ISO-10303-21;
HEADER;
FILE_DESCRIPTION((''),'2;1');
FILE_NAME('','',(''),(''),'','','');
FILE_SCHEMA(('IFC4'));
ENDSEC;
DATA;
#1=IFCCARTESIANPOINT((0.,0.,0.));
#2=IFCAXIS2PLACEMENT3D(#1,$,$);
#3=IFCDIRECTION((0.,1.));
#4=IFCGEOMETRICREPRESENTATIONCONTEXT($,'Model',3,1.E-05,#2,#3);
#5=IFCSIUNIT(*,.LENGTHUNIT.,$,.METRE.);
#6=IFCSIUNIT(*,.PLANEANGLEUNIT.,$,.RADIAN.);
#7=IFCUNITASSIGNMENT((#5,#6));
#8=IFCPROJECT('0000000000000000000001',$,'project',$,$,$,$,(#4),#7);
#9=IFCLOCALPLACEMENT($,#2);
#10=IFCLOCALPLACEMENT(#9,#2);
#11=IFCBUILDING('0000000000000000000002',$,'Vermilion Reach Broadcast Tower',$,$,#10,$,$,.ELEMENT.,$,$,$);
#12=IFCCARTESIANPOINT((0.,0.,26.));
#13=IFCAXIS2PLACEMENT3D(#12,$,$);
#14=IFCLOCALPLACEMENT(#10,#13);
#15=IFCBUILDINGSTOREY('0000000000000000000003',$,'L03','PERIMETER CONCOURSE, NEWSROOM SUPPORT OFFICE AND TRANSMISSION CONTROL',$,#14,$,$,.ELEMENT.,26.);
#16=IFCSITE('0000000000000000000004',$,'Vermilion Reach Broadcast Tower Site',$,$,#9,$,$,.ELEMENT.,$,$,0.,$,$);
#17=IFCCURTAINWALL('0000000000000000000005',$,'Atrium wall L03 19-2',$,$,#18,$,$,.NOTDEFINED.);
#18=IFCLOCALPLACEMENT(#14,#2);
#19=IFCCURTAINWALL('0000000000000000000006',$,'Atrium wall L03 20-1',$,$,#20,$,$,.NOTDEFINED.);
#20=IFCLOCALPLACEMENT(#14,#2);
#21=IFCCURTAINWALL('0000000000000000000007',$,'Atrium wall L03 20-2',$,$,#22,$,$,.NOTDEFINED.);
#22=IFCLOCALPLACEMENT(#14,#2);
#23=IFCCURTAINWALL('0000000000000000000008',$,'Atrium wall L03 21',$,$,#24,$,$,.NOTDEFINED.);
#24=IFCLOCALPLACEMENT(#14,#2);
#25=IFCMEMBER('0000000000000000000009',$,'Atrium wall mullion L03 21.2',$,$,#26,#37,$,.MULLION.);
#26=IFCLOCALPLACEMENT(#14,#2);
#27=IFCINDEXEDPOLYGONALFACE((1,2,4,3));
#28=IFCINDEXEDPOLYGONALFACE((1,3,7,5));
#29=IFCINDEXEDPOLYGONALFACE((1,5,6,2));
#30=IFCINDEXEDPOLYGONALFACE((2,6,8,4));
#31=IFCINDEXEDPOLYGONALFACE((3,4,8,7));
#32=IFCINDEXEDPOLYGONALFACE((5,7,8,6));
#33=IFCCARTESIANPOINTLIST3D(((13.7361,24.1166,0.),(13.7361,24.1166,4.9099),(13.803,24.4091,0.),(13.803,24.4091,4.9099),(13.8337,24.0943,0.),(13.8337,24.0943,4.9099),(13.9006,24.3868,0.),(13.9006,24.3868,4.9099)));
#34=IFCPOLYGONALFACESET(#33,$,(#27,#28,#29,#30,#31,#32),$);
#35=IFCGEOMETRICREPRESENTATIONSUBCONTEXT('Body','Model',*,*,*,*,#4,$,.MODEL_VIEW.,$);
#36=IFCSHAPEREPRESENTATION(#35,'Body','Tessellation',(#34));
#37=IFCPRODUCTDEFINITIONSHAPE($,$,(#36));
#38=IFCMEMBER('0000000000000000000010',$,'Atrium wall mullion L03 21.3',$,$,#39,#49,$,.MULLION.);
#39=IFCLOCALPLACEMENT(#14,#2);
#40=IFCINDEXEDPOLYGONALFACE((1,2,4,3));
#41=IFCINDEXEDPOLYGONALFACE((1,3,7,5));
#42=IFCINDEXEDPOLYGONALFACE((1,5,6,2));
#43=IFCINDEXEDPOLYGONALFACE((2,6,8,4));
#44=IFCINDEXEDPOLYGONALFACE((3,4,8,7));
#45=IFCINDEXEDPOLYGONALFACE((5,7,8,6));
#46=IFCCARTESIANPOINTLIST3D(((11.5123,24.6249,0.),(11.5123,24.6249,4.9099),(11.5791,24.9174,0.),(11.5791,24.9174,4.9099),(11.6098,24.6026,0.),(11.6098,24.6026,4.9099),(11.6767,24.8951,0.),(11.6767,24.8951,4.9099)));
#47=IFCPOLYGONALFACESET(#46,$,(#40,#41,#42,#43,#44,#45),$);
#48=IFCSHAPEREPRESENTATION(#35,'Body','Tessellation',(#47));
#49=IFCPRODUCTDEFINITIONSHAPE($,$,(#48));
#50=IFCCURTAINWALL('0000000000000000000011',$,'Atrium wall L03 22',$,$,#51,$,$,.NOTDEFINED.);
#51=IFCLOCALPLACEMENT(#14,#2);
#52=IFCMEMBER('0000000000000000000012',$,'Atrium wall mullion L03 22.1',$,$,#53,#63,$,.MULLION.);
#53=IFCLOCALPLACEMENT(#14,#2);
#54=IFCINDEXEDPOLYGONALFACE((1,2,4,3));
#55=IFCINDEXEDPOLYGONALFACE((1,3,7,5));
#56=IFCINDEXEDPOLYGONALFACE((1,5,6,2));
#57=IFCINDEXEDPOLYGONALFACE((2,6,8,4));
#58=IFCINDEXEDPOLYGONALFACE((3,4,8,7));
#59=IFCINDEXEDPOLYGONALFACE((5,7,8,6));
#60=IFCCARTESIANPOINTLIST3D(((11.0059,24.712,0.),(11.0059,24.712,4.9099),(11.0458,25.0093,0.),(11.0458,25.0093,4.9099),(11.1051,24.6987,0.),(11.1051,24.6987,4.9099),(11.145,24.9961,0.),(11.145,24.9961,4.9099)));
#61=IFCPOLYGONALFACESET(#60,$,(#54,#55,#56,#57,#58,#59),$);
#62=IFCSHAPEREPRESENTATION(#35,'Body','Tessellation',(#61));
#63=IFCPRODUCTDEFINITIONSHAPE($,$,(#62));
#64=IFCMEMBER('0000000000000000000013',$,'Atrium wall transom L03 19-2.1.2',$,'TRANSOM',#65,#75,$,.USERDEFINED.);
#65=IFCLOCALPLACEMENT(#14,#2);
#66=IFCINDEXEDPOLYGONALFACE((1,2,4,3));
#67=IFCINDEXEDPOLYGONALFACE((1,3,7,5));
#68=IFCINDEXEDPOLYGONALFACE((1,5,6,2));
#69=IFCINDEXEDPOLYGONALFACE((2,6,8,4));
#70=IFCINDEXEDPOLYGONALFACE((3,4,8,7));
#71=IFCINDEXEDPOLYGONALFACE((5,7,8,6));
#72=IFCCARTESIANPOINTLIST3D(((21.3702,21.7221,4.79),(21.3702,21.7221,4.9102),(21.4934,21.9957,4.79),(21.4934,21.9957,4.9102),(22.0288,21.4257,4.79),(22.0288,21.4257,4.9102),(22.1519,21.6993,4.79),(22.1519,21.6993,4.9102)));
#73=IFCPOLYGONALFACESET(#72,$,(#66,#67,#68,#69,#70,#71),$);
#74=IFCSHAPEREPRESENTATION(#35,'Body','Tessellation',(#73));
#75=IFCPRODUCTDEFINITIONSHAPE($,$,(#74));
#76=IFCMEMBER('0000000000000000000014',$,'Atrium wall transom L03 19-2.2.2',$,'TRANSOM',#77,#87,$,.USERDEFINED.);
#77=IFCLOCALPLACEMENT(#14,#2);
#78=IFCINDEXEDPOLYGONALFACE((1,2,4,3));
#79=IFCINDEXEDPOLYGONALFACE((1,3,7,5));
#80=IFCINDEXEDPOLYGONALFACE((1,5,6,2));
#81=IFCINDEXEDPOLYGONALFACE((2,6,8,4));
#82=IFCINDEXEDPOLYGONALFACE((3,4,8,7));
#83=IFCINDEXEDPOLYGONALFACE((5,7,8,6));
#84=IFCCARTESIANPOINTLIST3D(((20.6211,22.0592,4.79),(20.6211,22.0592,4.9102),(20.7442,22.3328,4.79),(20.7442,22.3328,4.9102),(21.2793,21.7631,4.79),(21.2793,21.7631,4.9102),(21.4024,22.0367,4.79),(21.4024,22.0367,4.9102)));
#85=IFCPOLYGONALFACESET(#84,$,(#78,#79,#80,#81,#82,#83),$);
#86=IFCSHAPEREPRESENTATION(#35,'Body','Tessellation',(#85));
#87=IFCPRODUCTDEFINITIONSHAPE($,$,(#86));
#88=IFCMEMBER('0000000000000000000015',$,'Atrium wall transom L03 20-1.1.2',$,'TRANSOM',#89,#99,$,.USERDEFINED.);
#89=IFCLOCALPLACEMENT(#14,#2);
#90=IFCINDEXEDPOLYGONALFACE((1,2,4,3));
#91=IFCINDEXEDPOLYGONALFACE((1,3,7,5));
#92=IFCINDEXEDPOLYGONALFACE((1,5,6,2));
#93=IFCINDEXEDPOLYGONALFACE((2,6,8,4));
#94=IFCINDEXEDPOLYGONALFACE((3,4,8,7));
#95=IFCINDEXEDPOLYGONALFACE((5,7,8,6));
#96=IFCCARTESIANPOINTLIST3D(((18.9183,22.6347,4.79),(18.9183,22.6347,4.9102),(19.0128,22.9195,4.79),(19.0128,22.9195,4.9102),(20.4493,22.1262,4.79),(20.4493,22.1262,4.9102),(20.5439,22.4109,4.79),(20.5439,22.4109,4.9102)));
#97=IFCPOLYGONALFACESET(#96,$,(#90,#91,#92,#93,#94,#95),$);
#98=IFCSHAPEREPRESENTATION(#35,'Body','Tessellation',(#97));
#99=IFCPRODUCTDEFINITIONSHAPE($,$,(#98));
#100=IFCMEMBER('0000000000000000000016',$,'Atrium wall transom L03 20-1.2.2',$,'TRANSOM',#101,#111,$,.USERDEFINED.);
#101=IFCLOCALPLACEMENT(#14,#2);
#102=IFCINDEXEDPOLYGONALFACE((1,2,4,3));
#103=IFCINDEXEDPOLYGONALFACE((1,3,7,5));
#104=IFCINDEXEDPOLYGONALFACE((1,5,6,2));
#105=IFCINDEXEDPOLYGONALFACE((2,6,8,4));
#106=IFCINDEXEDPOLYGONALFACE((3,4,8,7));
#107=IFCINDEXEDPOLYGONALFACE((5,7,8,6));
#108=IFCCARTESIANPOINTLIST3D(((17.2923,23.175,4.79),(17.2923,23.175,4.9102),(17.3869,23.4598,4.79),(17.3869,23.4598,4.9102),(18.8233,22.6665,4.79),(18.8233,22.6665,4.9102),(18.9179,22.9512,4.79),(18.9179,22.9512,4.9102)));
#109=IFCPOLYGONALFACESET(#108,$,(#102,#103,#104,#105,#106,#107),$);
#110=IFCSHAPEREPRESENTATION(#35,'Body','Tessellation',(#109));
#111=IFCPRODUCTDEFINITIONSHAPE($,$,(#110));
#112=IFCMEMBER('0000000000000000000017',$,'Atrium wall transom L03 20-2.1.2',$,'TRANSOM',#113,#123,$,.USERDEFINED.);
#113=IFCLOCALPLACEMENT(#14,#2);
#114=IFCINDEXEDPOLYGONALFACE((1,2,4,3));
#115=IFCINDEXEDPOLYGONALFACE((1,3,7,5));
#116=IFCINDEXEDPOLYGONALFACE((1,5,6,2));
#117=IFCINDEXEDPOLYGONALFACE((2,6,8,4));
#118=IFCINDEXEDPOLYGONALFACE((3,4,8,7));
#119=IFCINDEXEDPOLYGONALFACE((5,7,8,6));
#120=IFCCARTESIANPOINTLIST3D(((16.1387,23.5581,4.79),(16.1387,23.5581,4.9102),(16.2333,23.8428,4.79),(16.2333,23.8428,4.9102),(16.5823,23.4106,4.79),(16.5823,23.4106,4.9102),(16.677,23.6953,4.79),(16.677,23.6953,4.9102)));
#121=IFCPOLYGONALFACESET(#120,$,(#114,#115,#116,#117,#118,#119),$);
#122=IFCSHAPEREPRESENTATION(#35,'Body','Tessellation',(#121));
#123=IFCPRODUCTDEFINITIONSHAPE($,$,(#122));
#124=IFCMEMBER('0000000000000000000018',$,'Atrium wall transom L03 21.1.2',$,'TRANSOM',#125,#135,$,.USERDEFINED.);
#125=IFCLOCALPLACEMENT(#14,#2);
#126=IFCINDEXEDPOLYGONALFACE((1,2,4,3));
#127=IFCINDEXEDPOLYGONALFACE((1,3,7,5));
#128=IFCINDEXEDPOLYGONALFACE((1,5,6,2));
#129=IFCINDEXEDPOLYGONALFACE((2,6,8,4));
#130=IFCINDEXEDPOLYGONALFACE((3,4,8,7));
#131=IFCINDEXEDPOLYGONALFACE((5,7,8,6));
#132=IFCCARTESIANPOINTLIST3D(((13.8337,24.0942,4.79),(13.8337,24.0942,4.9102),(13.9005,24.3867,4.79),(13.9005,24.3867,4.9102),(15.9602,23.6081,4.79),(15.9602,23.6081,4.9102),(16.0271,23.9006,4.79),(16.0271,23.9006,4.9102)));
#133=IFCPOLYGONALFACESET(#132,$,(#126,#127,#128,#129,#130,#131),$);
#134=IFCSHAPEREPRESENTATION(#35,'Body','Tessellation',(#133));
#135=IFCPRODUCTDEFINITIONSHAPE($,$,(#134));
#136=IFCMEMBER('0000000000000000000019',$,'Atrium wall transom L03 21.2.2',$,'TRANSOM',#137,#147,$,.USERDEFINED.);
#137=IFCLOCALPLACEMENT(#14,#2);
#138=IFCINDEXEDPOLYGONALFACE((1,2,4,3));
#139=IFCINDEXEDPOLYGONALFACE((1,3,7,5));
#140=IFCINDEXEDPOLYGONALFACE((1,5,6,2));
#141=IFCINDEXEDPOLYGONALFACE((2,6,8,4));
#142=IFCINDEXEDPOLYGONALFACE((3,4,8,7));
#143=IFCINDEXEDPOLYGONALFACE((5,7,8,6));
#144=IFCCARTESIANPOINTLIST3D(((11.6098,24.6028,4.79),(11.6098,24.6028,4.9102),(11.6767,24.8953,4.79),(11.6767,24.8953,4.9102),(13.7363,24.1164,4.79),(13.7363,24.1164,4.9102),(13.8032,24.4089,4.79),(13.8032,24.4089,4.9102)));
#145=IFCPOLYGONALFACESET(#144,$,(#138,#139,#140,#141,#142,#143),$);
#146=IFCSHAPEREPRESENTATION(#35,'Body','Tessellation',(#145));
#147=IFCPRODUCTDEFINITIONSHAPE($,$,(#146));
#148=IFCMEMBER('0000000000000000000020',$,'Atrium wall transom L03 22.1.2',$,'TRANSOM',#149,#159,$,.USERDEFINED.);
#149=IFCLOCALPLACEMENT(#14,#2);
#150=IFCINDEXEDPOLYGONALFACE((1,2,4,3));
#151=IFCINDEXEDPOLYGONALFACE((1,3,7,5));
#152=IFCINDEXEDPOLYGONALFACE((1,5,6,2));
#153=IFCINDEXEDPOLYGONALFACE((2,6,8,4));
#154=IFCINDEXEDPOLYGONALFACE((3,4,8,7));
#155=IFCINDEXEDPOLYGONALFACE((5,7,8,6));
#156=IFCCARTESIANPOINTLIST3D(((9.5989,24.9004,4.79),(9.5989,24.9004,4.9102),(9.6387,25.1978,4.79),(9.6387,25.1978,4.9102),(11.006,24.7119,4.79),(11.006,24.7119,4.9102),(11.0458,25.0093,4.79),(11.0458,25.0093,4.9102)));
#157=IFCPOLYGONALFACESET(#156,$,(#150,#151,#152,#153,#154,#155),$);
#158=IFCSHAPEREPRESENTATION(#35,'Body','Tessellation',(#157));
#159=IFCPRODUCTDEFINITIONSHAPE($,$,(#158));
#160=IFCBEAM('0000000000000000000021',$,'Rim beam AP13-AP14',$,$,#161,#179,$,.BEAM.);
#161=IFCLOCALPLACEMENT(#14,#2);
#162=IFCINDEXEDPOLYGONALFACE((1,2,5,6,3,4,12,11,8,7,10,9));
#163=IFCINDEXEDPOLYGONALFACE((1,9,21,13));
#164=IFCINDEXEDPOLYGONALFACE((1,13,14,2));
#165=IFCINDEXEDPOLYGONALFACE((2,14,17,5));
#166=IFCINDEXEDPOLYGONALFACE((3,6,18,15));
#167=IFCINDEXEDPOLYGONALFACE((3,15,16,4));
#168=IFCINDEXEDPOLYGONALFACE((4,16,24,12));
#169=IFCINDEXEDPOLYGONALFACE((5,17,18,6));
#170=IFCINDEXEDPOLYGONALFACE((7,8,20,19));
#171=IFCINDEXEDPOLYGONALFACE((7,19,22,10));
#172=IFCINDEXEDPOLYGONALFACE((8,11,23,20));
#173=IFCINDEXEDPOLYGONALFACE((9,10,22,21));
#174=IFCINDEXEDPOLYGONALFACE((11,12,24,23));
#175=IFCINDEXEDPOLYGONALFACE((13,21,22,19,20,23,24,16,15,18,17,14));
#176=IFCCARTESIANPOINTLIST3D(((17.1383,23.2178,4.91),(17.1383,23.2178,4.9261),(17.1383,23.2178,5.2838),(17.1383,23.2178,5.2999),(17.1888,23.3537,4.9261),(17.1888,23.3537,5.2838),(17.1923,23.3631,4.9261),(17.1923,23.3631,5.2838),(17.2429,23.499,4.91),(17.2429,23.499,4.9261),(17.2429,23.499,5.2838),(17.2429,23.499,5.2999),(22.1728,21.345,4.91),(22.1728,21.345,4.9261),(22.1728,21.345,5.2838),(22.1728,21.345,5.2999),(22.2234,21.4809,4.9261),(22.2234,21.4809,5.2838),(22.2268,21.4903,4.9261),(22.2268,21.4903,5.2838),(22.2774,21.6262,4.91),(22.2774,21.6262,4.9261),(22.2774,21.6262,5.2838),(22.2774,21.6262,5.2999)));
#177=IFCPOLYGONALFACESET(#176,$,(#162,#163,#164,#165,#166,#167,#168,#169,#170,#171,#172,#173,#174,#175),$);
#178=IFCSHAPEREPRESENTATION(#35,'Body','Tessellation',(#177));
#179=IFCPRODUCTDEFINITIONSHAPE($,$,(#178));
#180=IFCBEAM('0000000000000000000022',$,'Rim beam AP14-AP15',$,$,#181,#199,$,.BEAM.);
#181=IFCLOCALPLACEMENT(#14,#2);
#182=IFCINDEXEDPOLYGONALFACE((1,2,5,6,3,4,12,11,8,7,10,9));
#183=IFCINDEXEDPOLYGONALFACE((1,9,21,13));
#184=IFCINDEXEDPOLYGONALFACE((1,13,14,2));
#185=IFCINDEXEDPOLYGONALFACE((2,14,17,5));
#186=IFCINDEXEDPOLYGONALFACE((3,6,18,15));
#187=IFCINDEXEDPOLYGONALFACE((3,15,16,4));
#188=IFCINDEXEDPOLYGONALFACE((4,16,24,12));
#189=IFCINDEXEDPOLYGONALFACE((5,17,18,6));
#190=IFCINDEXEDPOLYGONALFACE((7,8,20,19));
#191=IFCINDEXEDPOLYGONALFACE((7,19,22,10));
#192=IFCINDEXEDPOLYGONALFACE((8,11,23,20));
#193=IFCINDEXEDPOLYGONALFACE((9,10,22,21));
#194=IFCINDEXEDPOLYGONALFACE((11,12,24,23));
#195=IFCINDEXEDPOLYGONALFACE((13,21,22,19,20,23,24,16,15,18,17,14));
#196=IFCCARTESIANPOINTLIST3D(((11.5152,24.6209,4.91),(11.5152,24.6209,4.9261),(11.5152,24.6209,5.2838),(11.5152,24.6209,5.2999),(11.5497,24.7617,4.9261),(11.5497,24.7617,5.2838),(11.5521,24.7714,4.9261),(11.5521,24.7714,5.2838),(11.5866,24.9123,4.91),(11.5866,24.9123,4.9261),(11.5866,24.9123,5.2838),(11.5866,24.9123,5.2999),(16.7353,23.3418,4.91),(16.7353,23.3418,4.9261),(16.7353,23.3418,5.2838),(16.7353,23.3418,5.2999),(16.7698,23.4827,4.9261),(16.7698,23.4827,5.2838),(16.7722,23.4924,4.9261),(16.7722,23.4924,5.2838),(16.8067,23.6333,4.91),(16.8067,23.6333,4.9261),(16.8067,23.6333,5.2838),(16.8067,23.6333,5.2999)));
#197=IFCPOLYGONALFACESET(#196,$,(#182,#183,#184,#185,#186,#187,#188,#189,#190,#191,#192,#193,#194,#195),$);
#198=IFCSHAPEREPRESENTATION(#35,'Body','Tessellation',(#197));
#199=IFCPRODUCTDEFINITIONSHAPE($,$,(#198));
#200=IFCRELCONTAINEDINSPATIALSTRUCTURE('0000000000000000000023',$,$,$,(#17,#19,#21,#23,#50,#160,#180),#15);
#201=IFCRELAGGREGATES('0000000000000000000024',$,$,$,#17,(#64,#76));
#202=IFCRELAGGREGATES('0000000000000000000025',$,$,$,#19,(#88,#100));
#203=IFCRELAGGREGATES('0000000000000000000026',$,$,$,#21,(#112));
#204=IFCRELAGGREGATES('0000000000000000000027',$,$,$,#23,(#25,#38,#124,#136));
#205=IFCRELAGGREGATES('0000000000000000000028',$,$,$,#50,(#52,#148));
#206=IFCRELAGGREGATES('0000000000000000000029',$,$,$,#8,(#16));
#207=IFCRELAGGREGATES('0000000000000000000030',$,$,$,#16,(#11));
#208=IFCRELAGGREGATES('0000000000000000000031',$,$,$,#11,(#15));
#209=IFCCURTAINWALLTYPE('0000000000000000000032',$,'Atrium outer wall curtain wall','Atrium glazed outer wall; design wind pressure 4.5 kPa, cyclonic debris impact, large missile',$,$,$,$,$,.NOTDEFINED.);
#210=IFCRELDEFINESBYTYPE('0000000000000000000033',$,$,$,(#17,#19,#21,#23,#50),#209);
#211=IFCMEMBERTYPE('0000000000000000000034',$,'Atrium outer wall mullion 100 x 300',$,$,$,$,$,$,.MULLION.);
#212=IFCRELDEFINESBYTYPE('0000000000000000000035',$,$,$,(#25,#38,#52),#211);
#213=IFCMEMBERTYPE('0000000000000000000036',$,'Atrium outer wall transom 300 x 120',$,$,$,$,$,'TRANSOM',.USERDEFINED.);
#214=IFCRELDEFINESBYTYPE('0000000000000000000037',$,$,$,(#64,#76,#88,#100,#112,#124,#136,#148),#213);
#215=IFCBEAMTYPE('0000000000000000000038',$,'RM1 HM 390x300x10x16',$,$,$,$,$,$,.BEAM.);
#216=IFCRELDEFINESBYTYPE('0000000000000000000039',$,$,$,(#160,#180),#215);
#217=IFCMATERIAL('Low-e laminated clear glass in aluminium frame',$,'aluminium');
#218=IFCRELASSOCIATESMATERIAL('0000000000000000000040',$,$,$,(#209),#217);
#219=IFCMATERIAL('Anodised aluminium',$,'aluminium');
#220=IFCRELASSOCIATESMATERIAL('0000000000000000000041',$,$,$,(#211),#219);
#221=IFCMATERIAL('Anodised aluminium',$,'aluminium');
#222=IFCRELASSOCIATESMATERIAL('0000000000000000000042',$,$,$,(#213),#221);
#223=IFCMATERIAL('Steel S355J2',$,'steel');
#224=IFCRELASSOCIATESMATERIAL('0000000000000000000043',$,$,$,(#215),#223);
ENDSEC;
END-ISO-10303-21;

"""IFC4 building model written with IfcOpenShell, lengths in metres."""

from ifc_helpers import new_model, si_unit, direction, frame, origin, origin_2d, place, context, subcontext, project, spatial, rectangle, i_section, extrude, material, material_profile, profile_set, type_object, element, aggregate, save


model = new_model("IFC4")

# Units and contexts
model_context = context("Model", 3, precision=1e-05, world=origin(), true_north=direction((0.0, 1.0)))
body_context = subcontext(model_context, "Body", "Model", "MODEL_VIEW")
ifc_project = project(units=[si_unit("LENGTHUNIT", "METRE"), si_unit("PLANEANGLEUNIT", "RADIAN")], contexts=[model_context])

# Site, building, storey
site_placement = place(None, origin())
site = spatial("IfcSite", under=ifc_project, at=site_placement, Name="Vermilion Reach Broadcast Tower Site", CompositionType="ELEMENT", RefElevation=0.0)
building_placement = place(site_placement, origin())
building = spatial("IfcBuilding", under=site, at=building_placement, Name="Vermilion Reach Broadcast Tower", CompositionType="ELEMENT")
storey_placement = place(building_placement, frame((0.0, 0.0, 26.0)))
storey = spatial("IfcBuildingStorey", under=building, at=storey_placement, Name="L03", Description="PERIMETER CONCOURSE, NEWSROOM SUPPORT OFFICE AND TRANSMISSION CONTROL", CompositionType="ELEMENT", Elevation=26.0)

# Shared definitions
ifc_material_1 = material(Name="Low-e laminated clear glass in aluminium frame", Category="aluminium")
curtain_wall_type = type_object("IfcCurtainWallType", Name="Atrium outer wall curtain wall", Description="Atrium glazed outer wall; design wind pressure 4.5 kPa, cyclonic debris impact, large missile", PredefinedType="NOTDEFINED", material=ifc_material_1)
placement = place(storey_placement, origin())
ifc_material_2 = material(Name="Anodised aluminium", Category="aluminium")
ifc_material_profile_1 = material_profile(ifc_material_2, rectangle(XDim=0.3, YDim=0.1001, at=origin_2d()), Name="Atrium outer wall mullion 100 x 300")
ifc_profile_set_1 = profile_set([ifc_material_profile_1], Name="Anodised aluminium")
member_type_1 = type_object("IfcMemberType", Name="Atrium outer wall mullion 100 x 300", PredefinedType="MULLION", material=ifc_profile_set_1)

# Curtain walls, members
curtain_wall_1 = element("IfcCurtainWall", 1, at=placement, inside=storey, type_object=curtain_wall_type, Name="Atrium wall L03 19-2", PredefinedType="NOTDEFINED")
curtain_wall_2 = element("IfcCurtainWall", 2, at=placement, inside=storey, type_object=curtain_wall_type, Name="Atrium wall L03 20-1", PredefinedType="NOTDEFINED")
curtain_wall_3 = element("IfcCurtainWall", 3, at=placement, inside=storey, type_object=curtain_wall_type, Name="Atrium wall L03 20-2", PredefinedType="NOTDEFINED")
curtain_wall_4 = element("IfcCurtainWall", 4, at=placement, inside=storey, type_object=curtain_wall_type, Name="Atrium wall L03 21", PredefinedType="NOTDEFINED")
member_1_placement = place(storey_placement, frame((13.8184, 24.2517, 0.0), z_axis=(0.0, 0.0, 1.0), x_axis=(-0.222892, -0.974843, 0.0)))
member_1 = element("IfcMember", 5, at=member_1_placement, type_object=member_type_1, Name="Atrium wall mullion L03 21.2", PredefinedType="MULLION", context=body_context, shape_type="SweptSolid", body=[
    extrude(rectangle(XDim=0.3, YDim=0.1001, at=origin_2d()), origin(), (0.0, 0.0, 1.0), 4.9099),
])
member_2_placement = place(storey_placement, frame((11.5945, 24.76, 0.0), z_axis=(0.0, 0.0, 1.0), x_axis=(-0.222892, -0.974843, 0.0)))
member_2 = element("IfcMember", 6, at=member_2_placement, type_object=member_type_1, Name="Atrium wall mullion L03 21.3", PredefinedType="MULLION", context=body_context, shape_type="SweptSolid", body=[
    extrude(rectangle(XDim=0.3, YDim=0.1001, at=origin_2d()), origin(), (0.0, 0.0, 1.0), 4.9099),
])

# Curtain wall, member
curtain_wall_5 = element("IfcCurtainWall", 7, at=placement, inside=storey, type_object=curtain_wall_type, Name="Atrium wall L03 22", PredefinedType="NOTDEFINED")
member_3_placement = place(storey_placement, frame((11.0754, 24.854, 0.0), z_axis=(0.0, 0.0, 1.0), x_axis=(-0.132794, -0.991144, 0.0)))
member_3 = element("IfcMember", 8, at=member_3_placement, type_object=member_type_1, Name="Atrium wall mullion L03 22.1", PredefinedType="MULLION", context=body_context, shape_type="SweptSolid", body=[
    extrude(rectangle(XDim=0.3, YDim=0.1001, at=origin_2d()), origin(), (0.0, 0.0, 1.0), 4.9099),
])

# Members
ifc_material_3 = material(Name="Anodised aluminium", Category="aluminium")
ifc_material_profile_2 = material_profile(ifc_material_3, rectangle(XDim=0.3, YDim=0.1201, at=origin_2d()), Name="Atrium outer wall transom 300 x 120")
ifc_profile_set_2 = profile_set([ifc_material_profile_2], Name="Anodised aluminium")
member_type_2 = type_object("IfcMemberType", Name="Atrium outer wall transom 300 x 120", ElementType="TRANSOM", PredefinedType="USERDEFINED", material=ifc_profile_set_2)
member_4_placement = place(storey_placement, frame((22.0903, 21.5625, 4.8501), z_axis=(-0.911877, 0.410463, 0.0), x_axis=(-0.410463, -0.911877, 0.0)))
member_4 = element("IfcMember", 9, at=member_4_placement, type_object=member_type_2, Name="Atrium wall transom L03 19-2.1.2", ObjectType="TRANSOM", PredefinedType="USERDEFINED", context=body_context, shape_type="SweptSolid", body=[
    extrude(rectangle(XDim=0.3, YDim=0.1201, at=origin_2d()), origin(), (0.0, 0.0, 1.0), 0.7222),
])
member_5_placement = place(storey_placement, frame((21.3408, 21.8999, 4.8501), z_axis=(-0.911947, 0.410308, 0.0), x_axis=(-0.410308, -0.911947, 0.0)))
member_5 = element("IfcMember", 10, at=member_5_placement, type_object=member_type_2, Name="Atrium wall transom L03 19-2.2.2", ObjectType="TRANSOM", PredefinedType="USERDEFINED", context=body_context, shape_type="SweptSolid", body=[
    extrude(rectangle(XDim=0.3, YDim=0.1201, at=origin_2d()), origin(), (0.0, 0.0, 1.0), 0.7217),
])
member_6_placement = place(storey_placement, frame((20.4966, 22.2686, 4.8501), z_axis=(-0.949016, 0.315229, 0.0), x_axis=(-0.315229, -0.949016, 0.0)))
member_6 = element("IfcMember", 11, at=member_6_placement, type_object=member_type_2, Name="Atrium wall transom L03 20-1.1.2", ObjectType="TRANSOM", PredefinedType="USERDEFINED", context=body_context, shape_type="SweptSolid", body=[
    extrude(rectangle(XDim=0.3, YDim=0.1201, at=origin_2d()), origin(), (0.0, 0.0, 1.0), 1.6133),
])
member_7_placement = place(storey_placement, frame((18.8706, 22.8088, 4.8501), z_axis=(-0.949016, 0.315229, 0.0), x_axis=(-0.315229, -0.949016, 0.0)))
member_7 = element("IfcMember", 12, at=member_7_placement, type_object=member_type_2, Name="Atrium wall transom L03 20-1.2.2", ObjectType="TRANSOM", PredefinedType="USERDEFINED", context=body_context, shape_type="SweptSolid", body=[
    extrude(rectangle(XDim=0.3, YDim=0.1201, at=origin_2d()), origin(), (0.0, 0.0, 1.0), 1.6133),
])
member_8_placement = place(storey_placement, frame((16.6296, 23.553, 4.8501), z_axis=(-0.948944, 0.315444, 0.0), x_axis=(-0.315444, -0.948944, 0.0)))
member_8 = element("IfcMember", 13, at=member_8_placement, type_object=member_type_2, Name="Atrium wall transom L03 20-2.1.2", ObjectType="TRANSOM", PredefinedType="USERDEFINED", context=body_context, shape_type="SweptSolid", body=[
    extrude(rectangle(XDim=0.3, YDim=0.1201, at=origin_2d()), origin(), (0.0, 0.0, 1.0), 0.4675),
])
member_9_placement = place(storey_placement, frame((15.9937, 23.7544, 4.8501), z_axis=(-0.974855, 0.22284, 0.0), x_axis=(-0.22284, -0.974855, 0.0)))
member_9 = element("IfcMember", 14, at=member_9_placement, type_object=member_type_2, Name="Atrium wall transom L03 21.1.2", ObjectType="TRANSOM", PredefinedType="USERDEFINED", context=body_context, shape_type="SweptSolid", body=[
    extrude(rectangle(XDim=0.3, YDim=0.1201, at=origin_2d()), origin(), (0.0, 0.0, 1.0), 2.1814),
])
member_10_placement = place(storey_placement, frame((13.7698, 24.2627, 4.8501), z_axis=(-0.974831, 0.222946, 0.0), x_axis=(-0.222946, -0.974831, 0.0)))
member_10 = element("IfcMember", 15, at=member_10_placement, type_object=member_type_2, Name="Atrium wall transom L03 21.2.2", ObjectType="TRANSOM", PredefinedType="USERDEFINED", context=body_context, shape_type="SweptSolid", body=[
    extrude(rectangle(XDim=0.3, YDim=0.1201, at=origin_2d()), origin(), (0.0, 0.0, 1.0), 2.1814),
])
member_11_placement = place(storey_placement, frame((11.0259, 24.8606, 4.8501), z_axis=(-0.99115, 0.132749, 0.0), x_axis=(-0.132749, -0.99115, 0.0)))
member_11 = element("IfcMember", 16, at=member_11_placement, type_object=member_type_2, Name="Atrium wall transom L03 22.1.2", ObjectType="TRANSOM", PredefinedType="USERDEFINED", context=body_context, shape_type="SweptSolid", body=[
    extrude(rectangle(XDim=0.3, YDim=0.1201, at=origin_2d()), origin(), (0.0, 0.0, 1.0), 1.4197),
])

# Beams
ifc_material_4 = material(Name="Steel S355J2", Category="steel")
ifc_material_profile_3 = material_profile(ifc_material_4, i_section(OverallWidth=0.3, OverallDepth=0.3899, WebThickness=0.01, FlangeThickness=0.0161, at=origin_2d()), Name="S355J2 HM 390x300x10x16")
ifc_profile_set_3 = profile_set([ifc_material_profile_3], Name="Steel S355J2")
beam_type = type_object("IfcBeamType", Name="RM1 HM 390x300x10x16", PredefinedType="BEAM", material=ifc_profile_set_3)
beam_1_placement = place(storey_placement, frame((22.2251, 21.4856, 5.105), z_axis=(-0.937251, 0.348657, 0.0), x_axis=(-0.348657, -0.937251, 0.0)))
element("IfcBeam", 17, at=beam_1_placement, inside=storey, type_object=beam_type, Name="Rim beam AP13-AP14", PredefinedType="BEAM", context=body_context, shape_type="SweptSolid", body=[
    extrude(i_section(OverallWidth=0.3, OverallDepth=0.3899, WebThickness=0.01, FlangeThickness=0.0161, at=origin_2d()), origin(), (0.0, 0.0, 1.0), 5.3716),
])
beam_2_placement = place(storey_placement, frame((16.771, 23.4875, 5.105), z_axis=(-0.97127, 0.23798, 0.0), x_axis=(-0.23798, -0.97127, 0.0)))
element("IfcBeam", 18, at=beam_2_placement, inside=storey, type_object=beam_type, Name="Rim beam AP14-AP15", PredefinedType="BEAM", context=body_context, shape_type="SweptSolid", body=[
    extrude(i_section(OverallWidth=0.3, OverallDepth=0.3899, WebThickness=0.01, FlangeThickness=0.0161, at=origin_2d()), origin(), (0.0, 0.0, 1.0), 5.3745),
])

aggregate(curtain_wall_1, [member_4, member_5])
aggregate(curtain_wall_2, [member_6, member_7])
aggregate(curtain_wall_3, [member_8])
aggregate(curtain_wall_4, [member_1, member_2, member_9, member_10])
aggregate(curtain_wall_5, [member_3, member_11])

save(model, "model.ifc")
